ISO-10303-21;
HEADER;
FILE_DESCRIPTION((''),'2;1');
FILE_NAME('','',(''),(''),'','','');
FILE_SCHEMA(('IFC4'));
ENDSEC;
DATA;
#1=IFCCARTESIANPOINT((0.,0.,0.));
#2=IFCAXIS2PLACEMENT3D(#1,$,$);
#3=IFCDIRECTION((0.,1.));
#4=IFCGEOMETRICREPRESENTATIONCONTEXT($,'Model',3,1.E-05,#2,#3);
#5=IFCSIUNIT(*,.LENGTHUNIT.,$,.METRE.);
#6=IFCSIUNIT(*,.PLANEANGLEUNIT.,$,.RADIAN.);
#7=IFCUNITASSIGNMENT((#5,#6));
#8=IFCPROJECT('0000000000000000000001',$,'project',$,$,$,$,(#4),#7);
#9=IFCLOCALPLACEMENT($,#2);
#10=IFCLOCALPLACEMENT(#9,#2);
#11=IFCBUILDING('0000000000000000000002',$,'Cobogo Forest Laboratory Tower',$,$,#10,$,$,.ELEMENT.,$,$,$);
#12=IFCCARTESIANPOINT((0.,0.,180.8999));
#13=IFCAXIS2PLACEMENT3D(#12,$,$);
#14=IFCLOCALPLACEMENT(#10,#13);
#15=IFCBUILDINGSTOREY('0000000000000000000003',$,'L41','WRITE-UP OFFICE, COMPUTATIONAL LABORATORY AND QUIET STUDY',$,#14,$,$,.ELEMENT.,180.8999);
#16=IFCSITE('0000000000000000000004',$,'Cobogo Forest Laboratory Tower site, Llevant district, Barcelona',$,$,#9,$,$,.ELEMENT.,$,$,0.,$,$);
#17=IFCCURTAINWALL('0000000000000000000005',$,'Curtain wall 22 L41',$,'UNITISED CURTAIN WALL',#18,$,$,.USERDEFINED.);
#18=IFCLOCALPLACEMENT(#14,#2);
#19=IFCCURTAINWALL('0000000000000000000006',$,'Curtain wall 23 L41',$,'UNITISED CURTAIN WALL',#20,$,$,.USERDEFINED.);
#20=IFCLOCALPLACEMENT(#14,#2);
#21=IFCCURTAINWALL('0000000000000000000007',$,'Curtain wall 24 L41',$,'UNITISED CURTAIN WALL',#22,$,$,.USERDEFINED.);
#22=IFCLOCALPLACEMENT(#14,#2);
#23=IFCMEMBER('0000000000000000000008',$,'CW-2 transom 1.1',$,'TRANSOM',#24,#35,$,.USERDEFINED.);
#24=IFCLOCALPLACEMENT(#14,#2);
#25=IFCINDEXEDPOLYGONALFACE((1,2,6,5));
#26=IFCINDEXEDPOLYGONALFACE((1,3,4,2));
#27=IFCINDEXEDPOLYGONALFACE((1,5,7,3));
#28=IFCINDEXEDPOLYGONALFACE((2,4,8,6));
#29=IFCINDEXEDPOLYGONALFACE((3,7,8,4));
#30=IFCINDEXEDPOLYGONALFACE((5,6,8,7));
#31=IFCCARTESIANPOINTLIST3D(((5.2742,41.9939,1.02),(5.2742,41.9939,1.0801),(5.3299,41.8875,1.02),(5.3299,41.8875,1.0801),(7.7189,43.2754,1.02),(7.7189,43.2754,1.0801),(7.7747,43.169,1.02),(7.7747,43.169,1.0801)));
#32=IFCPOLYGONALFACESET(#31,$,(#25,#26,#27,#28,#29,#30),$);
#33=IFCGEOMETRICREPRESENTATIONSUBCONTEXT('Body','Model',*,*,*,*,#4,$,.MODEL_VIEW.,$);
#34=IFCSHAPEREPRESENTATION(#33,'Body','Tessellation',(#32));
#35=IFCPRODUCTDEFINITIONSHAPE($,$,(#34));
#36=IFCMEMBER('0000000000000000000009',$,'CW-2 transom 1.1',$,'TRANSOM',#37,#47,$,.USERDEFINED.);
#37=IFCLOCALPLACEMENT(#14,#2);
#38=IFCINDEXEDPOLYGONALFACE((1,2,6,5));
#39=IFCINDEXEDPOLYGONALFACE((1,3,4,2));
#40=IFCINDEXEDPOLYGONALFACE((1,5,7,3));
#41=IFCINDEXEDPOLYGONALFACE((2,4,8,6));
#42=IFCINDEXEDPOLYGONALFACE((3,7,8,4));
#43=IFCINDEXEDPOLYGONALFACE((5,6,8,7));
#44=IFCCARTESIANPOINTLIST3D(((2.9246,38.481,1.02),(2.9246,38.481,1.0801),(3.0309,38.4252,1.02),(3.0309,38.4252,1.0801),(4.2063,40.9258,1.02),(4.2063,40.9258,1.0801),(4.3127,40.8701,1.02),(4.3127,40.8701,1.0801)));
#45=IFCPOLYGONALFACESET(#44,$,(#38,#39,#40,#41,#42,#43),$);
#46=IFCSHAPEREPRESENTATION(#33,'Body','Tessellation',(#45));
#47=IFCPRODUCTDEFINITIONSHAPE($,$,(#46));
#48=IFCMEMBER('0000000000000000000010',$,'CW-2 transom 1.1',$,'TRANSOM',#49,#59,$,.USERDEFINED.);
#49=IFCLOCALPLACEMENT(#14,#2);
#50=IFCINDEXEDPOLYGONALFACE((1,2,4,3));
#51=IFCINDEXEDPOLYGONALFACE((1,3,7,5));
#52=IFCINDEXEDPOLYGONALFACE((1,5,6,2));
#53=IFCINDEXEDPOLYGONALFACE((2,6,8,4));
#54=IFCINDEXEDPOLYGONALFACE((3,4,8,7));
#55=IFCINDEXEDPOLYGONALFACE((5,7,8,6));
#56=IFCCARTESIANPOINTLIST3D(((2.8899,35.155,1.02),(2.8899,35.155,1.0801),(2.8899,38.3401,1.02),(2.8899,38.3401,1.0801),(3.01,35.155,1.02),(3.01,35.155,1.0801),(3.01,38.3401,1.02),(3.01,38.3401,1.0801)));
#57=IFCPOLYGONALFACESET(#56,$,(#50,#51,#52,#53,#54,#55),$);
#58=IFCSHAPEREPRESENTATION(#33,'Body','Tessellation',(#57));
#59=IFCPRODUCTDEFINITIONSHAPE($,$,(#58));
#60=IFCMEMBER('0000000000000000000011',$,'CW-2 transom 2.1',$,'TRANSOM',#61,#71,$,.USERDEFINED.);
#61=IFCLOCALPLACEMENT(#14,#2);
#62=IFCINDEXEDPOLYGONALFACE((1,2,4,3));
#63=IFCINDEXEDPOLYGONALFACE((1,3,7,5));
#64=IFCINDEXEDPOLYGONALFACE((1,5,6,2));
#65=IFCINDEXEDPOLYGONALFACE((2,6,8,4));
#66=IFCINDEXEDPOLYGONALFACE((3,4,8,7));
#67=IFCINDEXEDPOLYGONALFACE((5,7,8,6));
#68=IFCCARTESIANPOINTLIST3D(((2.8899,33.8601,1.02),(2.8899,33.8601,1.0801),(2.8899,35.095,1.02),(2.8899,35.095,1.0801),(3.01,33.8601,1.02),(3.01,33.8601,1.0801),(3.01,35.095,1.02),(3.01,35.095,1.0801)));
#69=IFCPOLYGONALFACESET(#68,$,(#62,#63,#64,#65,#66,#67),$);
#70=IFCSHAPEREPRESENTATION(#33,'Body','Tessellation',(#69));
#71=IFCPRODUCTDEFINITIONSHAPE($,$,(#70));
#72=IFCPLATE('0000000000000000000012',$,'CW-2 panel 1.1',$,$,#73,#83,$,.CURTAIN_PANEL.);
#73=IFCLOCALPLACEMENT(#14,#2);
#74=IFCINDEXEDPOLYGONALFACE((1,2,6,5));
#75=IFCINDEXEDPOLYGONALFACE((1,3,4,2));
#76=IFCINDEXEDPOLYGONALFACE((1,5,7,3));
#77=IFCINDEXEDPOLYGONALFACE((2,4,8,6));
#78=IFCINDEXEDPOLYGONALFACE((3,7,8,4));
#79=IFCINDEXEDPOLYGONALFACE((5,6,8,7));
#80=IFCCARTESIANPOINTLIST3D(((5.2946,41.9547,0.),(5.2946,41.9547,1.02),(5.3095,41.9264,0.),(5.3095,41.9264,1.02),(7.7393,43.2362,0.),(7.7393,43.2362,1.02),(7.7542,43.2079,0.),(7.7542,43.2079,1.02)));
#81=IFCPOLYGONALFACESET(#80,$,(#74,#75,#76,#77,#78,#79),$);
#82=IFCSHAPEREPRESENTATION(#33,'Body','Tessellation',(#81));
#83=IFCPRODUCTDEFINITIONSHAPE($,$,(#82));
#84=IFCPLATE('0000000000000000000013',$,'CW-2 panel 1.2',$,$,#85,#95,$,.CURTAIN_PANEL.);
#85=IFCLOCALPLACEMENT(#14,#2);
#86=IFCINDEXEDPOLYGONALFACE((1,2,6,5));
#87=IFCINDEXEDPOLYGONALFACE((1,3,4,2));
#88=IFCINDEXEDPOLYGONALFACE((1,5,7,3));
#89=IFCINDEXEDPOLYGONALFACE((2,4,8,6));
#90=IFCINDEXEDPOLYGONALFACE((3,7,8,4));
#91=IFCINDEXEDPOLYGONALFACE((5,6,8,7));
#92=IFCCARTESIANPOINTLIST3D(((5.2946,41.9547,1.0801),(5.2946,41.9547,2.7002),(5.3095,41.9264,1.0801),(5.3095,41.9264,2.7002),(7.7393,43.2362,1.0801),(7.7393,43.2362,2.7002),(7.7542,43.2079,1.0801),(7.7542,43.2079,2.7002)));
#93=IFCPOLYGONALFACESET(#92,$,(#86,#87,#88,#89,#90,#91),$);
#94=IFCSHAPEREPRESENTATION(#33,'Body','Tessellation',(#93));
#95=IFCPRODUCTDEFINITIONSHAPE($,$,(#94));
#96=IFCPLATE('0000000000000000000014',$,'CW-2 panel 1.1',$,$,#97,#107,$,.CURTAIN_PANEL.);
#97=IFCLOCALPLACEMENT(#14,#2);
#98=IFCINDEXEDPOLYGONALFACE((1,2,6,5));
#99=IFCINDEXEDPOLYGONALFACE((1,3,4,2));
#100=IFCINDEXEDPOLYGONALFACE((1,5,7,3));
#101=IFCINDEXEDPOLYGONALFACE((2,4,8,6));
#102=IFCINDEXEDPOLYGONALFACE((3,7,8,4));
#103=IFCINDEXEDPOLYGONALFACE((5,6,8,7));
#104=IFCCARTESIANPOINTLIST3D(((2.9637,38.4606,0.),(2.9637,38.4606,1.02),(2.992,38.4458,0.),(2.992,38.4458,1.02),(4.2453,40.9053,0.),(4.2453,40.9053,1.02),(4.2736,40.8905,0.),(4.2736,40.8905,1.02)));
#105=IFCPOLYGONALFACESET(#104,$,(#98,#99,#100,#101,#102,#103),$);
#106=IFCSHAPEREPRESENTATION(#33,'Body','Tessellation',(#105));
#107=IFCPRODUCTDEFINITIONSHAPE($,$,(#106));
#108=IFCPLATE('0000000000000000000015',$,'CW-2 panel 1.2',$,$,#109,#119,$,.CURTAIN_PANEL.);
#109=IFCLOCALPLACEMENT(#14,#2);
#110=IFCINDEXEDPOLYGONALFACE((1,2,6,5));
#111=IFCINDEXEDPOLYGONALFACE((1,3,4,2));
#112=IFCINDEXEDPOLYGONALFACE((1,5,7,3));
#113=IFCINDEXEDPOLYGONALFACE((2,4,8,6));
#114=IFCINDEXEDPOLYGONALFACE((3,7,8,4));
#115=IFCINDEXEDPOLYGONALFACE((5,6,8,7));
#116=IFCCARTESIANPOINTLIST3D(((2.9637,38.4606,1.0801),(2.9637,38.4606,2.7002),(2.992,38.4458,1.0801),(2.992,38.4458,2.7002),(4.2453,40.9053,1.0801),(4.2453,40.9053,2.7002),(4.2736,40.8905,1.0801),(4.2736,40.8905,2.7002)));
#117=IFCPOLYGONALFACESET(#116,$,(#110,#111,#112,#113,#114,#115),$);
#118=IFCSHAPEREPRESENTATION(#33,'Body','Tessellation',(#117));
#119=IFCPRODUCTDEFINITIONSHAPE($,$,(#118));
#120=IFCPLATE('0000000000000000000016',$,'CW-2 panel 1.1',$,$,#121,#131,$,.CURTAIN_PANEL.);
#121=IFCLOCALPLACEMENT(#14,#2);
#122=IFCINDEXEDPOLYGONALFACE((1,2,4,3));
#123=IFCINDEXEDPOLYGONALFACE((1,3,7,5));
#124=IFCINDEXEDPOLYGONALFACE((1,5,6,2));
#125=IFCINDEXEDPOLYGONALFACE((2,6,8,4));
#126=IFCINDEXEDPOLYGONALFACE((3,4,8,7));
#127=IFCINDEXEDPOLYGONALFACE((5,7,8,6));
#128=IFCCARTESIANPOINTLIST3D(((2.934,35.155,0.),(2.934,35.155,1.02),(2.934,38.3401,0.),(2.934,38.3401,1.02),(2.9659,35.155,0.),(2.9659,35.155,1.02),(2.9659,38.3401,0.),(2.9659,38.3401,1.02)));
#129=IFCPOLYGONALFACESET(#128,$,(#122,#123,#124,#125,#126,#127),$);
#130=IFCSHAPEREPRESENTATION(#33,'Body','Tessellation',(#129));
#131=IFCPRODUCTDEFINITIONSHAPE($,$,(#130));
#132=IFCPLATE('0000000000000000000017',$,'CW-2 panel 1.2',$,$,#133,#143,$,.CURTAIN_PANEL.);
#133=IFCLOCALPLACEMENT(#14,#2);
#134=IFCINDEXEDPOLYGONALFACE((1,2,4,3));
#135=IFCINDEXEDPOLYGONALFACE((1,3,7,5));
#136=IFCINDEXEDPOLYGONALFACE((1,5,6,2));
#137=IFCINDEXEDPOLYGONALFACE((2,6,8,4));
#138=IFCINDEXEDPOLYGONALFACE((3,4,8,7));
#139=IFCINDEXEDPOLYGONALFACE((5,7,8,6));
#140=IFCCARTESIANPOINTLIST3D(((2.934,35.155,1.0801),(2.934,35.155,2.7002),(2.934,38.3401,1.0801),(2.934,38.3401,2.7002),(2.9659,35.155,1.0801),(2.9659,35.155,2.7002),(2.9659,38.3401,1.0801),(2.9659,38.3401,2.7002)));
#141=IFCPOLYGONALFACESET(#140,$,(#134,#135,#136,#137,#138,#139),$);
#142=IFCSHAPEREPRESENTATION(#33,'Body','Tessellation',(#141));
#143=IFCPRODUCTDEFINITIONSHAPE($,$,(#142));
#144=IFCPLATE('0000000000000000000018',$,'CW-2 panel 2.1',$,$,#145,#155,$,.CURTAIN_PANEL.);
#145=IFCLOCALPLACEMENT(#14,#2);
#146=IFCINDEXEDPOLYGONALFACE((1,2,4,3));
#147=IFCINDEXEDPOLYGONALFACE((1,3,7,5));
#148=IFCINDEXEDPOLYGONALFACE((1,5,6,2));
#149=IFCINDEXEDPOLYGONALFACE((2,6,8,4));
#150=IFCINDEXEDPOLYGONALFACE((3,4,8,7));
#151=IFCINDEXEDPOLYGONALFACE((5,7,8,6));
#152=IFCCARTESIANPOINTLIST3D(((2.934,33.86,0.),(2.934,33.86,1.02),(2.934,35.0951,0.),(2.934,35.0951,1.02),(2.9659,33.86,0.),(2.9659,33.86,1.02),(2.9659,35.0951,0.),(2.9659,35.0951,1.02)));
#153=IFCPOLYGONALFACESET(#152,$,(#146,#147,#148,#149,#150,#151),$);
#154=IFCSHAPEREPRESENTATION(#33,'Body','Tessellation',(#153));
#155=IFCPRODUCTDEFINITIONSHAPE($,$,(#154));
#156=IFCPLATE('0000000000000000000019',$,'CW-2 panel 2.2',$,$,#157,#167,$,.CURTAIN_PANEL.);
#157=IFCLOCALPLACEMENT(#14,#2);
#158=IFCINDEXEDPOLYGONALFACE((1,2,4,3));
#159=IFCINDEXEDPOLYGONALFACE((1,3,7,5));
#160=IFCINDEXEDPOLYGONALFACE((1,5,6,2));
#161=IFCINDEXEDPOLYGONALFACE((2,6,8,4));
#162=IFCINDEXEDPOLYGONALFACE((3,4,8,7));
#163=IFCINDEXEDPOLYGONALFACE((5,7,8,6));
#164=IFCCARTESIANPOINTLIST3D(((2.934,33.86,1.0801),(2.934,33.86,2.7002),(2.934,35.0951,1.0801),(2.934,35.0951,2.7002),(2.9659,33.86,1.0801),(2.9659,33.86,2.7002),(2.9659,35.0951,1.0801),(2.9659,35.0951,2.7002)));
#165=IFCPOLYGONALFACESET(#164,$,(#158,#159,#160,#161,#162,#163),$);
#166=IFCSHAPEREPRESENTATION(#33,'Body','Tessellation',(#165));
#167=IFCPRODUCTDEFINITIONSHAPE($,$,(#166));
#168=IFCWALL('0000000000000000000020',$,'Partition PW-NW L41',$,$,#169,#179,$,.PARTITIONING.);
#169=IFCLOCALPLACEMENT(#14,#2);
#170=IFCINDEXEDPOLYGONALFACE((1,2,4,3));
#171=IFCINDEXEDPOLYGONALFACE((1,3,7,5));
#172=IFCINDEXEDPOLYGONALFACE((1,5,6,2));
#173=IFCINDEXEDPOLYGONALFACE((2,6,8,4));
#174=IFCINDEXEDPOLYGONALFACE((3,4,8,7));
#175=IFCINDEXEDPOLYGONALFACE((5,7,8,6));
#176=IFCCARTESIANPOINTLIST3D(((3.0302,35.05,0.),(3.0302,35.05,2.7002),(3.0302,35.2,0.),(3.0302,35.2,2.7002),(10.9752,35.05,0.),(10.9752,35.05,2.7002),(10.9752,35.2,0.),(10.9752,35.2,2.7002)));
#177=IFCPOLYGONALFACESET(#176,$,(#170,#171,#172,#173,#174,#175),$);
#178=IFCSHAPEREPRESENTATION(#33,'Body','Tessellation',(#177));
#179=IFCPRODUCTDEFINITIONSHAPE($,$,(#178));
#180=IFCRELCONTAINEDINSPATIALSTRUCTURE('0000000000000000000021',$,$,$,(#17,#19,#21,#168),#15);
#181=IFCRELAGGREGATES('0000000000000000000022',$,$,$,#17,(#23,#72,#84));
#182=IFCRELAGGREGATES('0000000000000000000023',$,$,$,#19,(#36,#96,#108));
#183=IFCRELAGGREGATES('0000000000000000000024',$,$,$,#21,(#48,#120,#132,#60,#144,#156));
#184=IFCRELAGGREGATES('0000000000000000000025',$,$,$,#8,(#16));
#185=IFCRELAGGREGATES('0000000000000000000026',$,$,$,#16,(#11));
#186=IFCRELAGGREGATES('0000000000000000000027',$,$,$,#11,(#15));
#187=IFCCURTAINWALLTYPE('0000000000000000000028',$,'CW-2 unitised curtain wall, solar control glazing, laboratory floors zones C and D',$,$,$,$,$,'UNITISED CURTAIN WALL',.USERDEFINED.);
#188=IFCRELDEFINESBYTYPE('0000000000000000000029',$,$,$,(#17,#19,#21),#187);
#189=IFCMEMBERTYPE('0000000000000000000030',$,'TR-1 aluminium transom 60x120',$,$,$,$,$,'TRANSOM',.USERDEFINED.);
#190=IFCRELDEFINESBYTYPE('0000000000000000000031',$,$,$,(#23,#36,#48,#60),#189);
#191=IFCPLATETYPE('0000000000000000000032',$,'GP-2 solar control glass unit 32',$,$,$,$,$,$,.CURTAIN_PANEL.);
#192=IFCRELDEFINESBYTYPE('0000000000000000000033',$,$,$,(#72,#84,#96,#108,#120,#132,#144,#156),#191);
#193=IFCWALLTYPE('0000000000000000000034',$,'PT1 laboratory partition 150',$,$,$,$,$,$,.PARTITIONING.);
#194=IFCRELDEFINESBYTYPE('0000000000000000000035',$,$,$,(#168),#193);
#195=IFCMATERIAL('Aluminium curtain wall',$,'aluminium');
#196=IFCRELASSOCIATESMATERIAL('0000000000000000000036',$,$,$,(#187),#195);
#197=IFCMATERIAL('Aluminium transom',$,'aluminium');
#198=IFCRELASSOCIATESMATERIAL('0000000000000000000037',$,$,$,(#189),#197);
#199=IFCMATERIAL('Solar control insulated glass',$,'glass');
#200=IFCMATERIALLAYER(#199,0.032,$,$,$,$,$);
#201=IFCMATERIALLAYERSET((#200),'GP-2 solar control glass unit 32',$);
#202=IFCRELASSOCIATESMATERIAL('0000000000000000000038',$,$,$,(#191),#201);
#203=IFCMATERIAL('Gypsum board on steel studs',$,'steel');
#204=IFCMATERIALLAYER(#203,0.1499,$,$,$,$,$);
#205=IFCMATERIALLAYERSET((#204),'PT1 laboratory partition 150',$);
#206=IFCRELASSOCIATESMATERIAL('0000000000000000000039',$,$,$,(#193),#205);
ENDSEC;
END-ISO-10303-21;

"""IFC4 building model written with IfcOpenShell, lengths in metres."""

from ifc_helpers import new_model, si_unit, direction, frame, frame_2d, origin, origin_2d, place, context, subcontext, project, spatial, rectangle, extrude, material, layer, layer_set, material_profile, profile_set, type_object, element, aggregate, save


model = new_model("IFC4")

# Units and contexts
model_context = context("Model", 3, precision=1e-05, world=origin(), true_north=direction((0.0, 1.0)))
body_context = subcontext(model_context, "Body", "Model", "MODEL_VIEW")
ifc_project = project(units=[si_unit("LENGTHUNIT", "METRE"), si_unit("PLANEANGLEUNIT", "RADIAN")], contexts=[model_context])

# Site, building, storey
site_placement = place(None, origin())
site = spatial("IfcSite", under=ifc_project, at=site_placement, Name="Cobogo Forest Laboratory Tower site, Llevant district, Barcelona", CompositionType="ELEMENT", RefElevation=0.0)
building_placement = place(site_placement, origin())
building = spatial("IfcBuilding", under=site, at=building_placement, Name="Cobogo Forest Laboratory Tower", CompositionType="ELEMENT")
storey_placement = place(building_placement, frame((0.0, 0.0, 180.8999)))
storey = spatial("IfcBuildingStorey", under=building, at=storey_placement, Name="L41", Description="WRITE-UP OFFICE, COMPUTATIONAL LABORATORY AND QUIET STUDY", CompositionType="ELEMENT", Elevation=180.8999)

# Curtain walls
ifc_material_1 = material(Name="Aluminium curtain wall", Category="aluminium")
curtain_wall_type = type_object("IfcCurtainWallType", Name="CW-2 unitised curtain wall, solar control glazing, laboratory floors zones C and D", ElementType="UNITISED CURTAIN WALL", PredefinedType="USERDEFINED", material=ifc_material_1)
curtain_wall_1_placement = place(storey_placement, origin())
curtain_wall_1 = element("IfcCurtainWall", 1, at=curtain_wall_1_placement, inside=storey, type_object=curtain_wall_type, Name="Curtain wall 22 L41", ObjectType="UNITISED CURTAIN WALL", PredefinedType="USERDEFINED")
curtain_wall_2_placement = place(storey_placement, origin())
curtain_wall_2 = element("IfcCurtainWall", 2, at=curtain_wall_2_placement, inside=storey, type_object=curtain_wall_type, Name="Curtain wall 23 L41", ObjectType="UNITISED CURTAIN WALL", PredefinedType="USERDEFINED")
curtain_wall_3_placement = place(storey_placement, origin())
curtain_wall_3 = element("IfcCurtainWall", 3, at=curtain_wall_3_placement, inside=storey, type_object=curtain_wall_type, Name="Curtain wall 24 L41", ObjectType="UNITISED CURTAIN WALL", PredefinedType="USERDEFINED")

# Members
ifc_material_2 = material(Name="Aluminium transom", Category="aluminium")
ifc_material_profile_1 = material_profile(ifc_material_2, rectangle(XDim=0.1201, YDim=0.0601, at=origin_2d()), Name="AL 60x120")
ifc_profile_set_1 = profile_set([ifc_material_profile_1], Name="Aluminium transom")
member_type_1 = type_object("IfcMemberType", Name="TR-1 aluminium transom 60x120", ElementType="TRANSOM", PredefinedType="USERDEFINED", material=ifc_profile_set_1)
member_1_placement = place(storey_placement, frame((7.7468, 43.2222, 1.05), z_axis=(-0.885702, -0.464255, 0.0), x_axis=(0.464255, -0.885702, 0.0)))
member_1 = element("IfcMember", 4, at=member_1_placement, type_object=member_type_1, Name="CW-2 transom 1.1", ObjectType="TRANSOM", PredefinedType="USERDEFINED", context=body_context, shape_type="SweptSolid", body=[
    extrude(rectangle(XDim=0.1201, YDim=0.0601, at=origin_2d()), origin(), (0.0, 0.0, 1.0), 2.7603),
])
member_2_placement = place(storey_placement, frame((4.2595, 40.8979, 1.05), z_axis=(-0.464324, -0.885665, 0.0), x_axis=(0.885665, -0.464324, 0.0)))
member_2 = element("IfcMember", 5, at=member_2_placement, type_object=member_type_1, Name="CW-2 transom 1.1", ObjectType="TRANSOM", PredefinedType="USERDEFINED", context=body_context, shape_type="SweptSolid", body=[
    extrude(rectangle(XDim=0.1201, YDim=0.0601, at=origin_2d()), origin(), (0.0, 0.0, 1.0), 2.7605),
])
member_3_placement = place(storey_placement, frame((2.95, 38.3401, 1.05), z_axis=(0.0, -1.0, 0.0), x_axis=(1.0, 0.0, 0.0)))
member_3 = element("IfcMember", 6, at=member_3_placement, type_object=member_type_1, Name="CW-2 transom 1.1", ObjectType="TRANSOM", PredefinedType="USERDEFINED", context=body_context, shape_type="SweptSolid", body=[
    extrude(rectangle(XDim=0.1201, YDim=0.0601, at=origin_2d()), origin(), (0.0, 0.0, 1.0), 3.1851),
])
member_4_placement = place(storey_placement, frame((2.95, 35.095, 1.05), z_axis=(0.0, -1.0, 0.0), x_axis=(1.0, 0.0, 0.0)))
member_4 = element("IfcMember", 7, at=member_4_placement, type_object=member_type_1, Name="CW-2 transom 2.1", ObjectType="TRANSOM", PredefinedType="USERDEFINED", context=body_context, shape_type="SweptSolid", body=[
    extrude(rectangle(XDim=0.1201, YDim=0.0601, at=origin_2d()), origin(), (0.0, 0.0, 1.0), 1.2349),
])

# Plates
ifc_material_3 = material(Name="Solar control insulated glass", Category="glass")
ifc_layer_1 = layer(ifc_material_3, 0.032)
ifc_layer_set_1 = layer_set([ifc_layer_1], Name="GP-2 solar control glass unit 32")
plate_type = type_object("IfcPlateType", Name="GP-2 solar control glass unit 32", PredefinedType="CURTAIN_PANEL", material=ifc_layer_set_1)
plate_1_placement = place(storey_placement, frame((6.5244, 42.5813, 0.0), z_axis=(0.0, 0.0, 1.0), x_axis=(-0.885686, -0.464284, 0.0)))
plate_1 = element("IfcPlate", 8, at=plate_1_placement, type_object=plate_type, Name="CW-2 panel 1.1", PredefinedType="CURTAIN_PANEL", context=body_context, shape_type="SweptSolid", body=[
    extrude(rectangle(XDim=2.7603, YDim=0.032, at=origin_2d()), origin(), (0.0, 0.0, 1.0), 1.02),
])
plate_2_placement = place(storey_placement, frame((6.5244, 42.5813, 1.0801), z_axis=(0.0, 0.0, 1.0), x_axis=(-0.885686, -0.464284, 0.0)))
plate_2 = element("IfcPlate", 9, at=plate_2_placement, type_object=plate_type, Name="CW-2 panel 1.2", PredefinedType="CURTAIN_PANEL", context=body_context, shape_type="SweptSolid", body=[
    extrude(rectangle(XDim=2.7603, YDim=0.032, at=origin_2d()), origin(), (0.0, 0.0, 1.0), 1.6201),
])
aggregate(curtain_wall_1, [member_1, plate_1, plate_2])
plate_3_placement = place(storey_placement, frame((3.6187, 39.6755, 0.0), z_axis=(0.0, 0.0, 1.0), x_axis=(-0.464284, -0.885686, 0.0)))
plate_3 = element("IfcPlate", 10, at=plate_3_placement, type_object=plate_type, Name="CW-2 panel 1.1", PredefinedType="CURTAIN_PANEL", context=body_context, shape_type="SweptSolid", body=[
    extrude(rectangle(XDim=2.7603, YDim=0.032, at=origin_2d()), origin(), (0.0, 0.0, 1.0), 1.02),
])
plate_4_placement = place(storey_placement, frame((3.6187, 39.6755, 1.0801), z_axis=(0.0, 0.0, 1.0), x_axis=(-0.464284, -0.885686, 0.0)))
plate_4 = element("IfcPlate", 11, at=plate_4_placement, type_object=plate_type, Name="CW-2 panel 1.2", PredefinedType="CURTAIN_PANEL", context=body_context, shape_type="SweptSolid", body=[
    extrude(rectangle(XDim=2.7603, YDim=0.032, at=origin_2d()), origin(), (0.0, 0.0, 1.0), 1.6201),
])
aggregate(curtain_wall_2, [member_2, plate_3, plate_4])
plate_5_placement = place(storey_placement, frame((2.95, 36.7476, 0.0), z_axis=(0.0, 0.0, 1.0), x_axis=(0.0, -1.0, 0.0)))
plate_5 = element("IfcPlate", 12, at=plate_5_placement, type_object=plate_type, Name="CW-2 panel 1.1", PredefinedType="CURTAIN_PANEL", context=body_context, shape_type="SweptSolid", body=[
    extrude(rectangle(XDim=3.1851, YDim=0.032, at=origin_2d()), origin(), (0.0, 0.0, 1.0), 1.02),
])
plate_6_placement = place(storey_placement, frame((2.95, 36.7476, 1.0801), z_axis=(0.0, 0.0, 1.0), x_axis=(0.0, -1.0, 0.0)))
plate_6 = element("IfcPlate", 13, at=plate_6_placement, type_object=plate_type, Name="CW-2 panel 1.2", PredefinedType="CURTAIN_PANEL", context=body_context, shape_type="SweptSolid", body=[
    extrude(rectangle(XDim=3.1851, YDim=0.032, at=origin_2d()), origin(), (0.0, 0.0, 1.0), 1.6201),
])
plate_7_placement = place(storey_placement, frame((2.95, 34.4775, 0.0), z_axis=(0.0, 0.0, 1.0), x_axis=(0.0, -1.0, 0.0)))
plate_7 = element("IfcPlate", 14, at=plate_7_placement, type_object=plate_type, Name="CW-2 panel 2.1", PredefinedType="CURTAIN_PANEL", context=body_context, shape_type="SweptSolid", body=[
    extrude(rectangle(XDim=1.2351, YDim=0.032, at=origin_2d()), origin(), (0.0, 0.0, 1.0), 1.02),
])
plate_8_placement = place(storey_placement, frame((2.95, 34.4775, 1.0801), z_axis=(0.0, 0.0, 1.0), x_axis=(0.0, -1.0, 0.0)))
plate_8 = element("IfcPlate", 15, at=plate_8_placement, type_object=plate_type, Name="CW-2 panel 2.2", PredefinedType="CURTAIN_PANEL", context=body_context, shape_type="SweptSolid", body=[
    extrude(rectangle(XDim=1.2351, YDim=0.032, at=origin_2d()), origin(), (0.0, 0.0, 1.0), 1.6201),
])
aggregate(curtain_wall_3, [member_3, plate_5, plate_6, member_4, plate_7, plate_8])

# Wall
ifc_material_4 = material(Name="Gypsum board on steel studs", Category="steel")
ifc_layer_2 = layer(ifc_material_4, 0.1499)
ifc_layer_set_2 = layer_set([ifc_layer_2], Name="PT1 laboratory partition 150")
wall_type = type_object("IfcWallType", Name="PT1 laboratory partition 150", PredefinedType="PARTITIONING", material=ifc_layer_set_2)
wall_placement = place(storey_placement, frame((3.03, 35.125, 0.0), z_axis=(0.0, 0.0, 1.0), x_axis=(1.0, 0.0, 0.0)))
element("IfcWall", 16, at=wall_placement, inside=storey, type_object=wall_type, Name="Partition PW-NW L41", PredefinedType="PARTITIONING", context=body_context, shape_type="SweptSolid", body=[
    extrude(rectangle(XDim=7.9451, YDim=0.1499, at=frame_2d((3.9727, 0.0))), origin(), (0.0, 0.0, 1.0), 2.7002),
])

save(model, "model.ifc")
